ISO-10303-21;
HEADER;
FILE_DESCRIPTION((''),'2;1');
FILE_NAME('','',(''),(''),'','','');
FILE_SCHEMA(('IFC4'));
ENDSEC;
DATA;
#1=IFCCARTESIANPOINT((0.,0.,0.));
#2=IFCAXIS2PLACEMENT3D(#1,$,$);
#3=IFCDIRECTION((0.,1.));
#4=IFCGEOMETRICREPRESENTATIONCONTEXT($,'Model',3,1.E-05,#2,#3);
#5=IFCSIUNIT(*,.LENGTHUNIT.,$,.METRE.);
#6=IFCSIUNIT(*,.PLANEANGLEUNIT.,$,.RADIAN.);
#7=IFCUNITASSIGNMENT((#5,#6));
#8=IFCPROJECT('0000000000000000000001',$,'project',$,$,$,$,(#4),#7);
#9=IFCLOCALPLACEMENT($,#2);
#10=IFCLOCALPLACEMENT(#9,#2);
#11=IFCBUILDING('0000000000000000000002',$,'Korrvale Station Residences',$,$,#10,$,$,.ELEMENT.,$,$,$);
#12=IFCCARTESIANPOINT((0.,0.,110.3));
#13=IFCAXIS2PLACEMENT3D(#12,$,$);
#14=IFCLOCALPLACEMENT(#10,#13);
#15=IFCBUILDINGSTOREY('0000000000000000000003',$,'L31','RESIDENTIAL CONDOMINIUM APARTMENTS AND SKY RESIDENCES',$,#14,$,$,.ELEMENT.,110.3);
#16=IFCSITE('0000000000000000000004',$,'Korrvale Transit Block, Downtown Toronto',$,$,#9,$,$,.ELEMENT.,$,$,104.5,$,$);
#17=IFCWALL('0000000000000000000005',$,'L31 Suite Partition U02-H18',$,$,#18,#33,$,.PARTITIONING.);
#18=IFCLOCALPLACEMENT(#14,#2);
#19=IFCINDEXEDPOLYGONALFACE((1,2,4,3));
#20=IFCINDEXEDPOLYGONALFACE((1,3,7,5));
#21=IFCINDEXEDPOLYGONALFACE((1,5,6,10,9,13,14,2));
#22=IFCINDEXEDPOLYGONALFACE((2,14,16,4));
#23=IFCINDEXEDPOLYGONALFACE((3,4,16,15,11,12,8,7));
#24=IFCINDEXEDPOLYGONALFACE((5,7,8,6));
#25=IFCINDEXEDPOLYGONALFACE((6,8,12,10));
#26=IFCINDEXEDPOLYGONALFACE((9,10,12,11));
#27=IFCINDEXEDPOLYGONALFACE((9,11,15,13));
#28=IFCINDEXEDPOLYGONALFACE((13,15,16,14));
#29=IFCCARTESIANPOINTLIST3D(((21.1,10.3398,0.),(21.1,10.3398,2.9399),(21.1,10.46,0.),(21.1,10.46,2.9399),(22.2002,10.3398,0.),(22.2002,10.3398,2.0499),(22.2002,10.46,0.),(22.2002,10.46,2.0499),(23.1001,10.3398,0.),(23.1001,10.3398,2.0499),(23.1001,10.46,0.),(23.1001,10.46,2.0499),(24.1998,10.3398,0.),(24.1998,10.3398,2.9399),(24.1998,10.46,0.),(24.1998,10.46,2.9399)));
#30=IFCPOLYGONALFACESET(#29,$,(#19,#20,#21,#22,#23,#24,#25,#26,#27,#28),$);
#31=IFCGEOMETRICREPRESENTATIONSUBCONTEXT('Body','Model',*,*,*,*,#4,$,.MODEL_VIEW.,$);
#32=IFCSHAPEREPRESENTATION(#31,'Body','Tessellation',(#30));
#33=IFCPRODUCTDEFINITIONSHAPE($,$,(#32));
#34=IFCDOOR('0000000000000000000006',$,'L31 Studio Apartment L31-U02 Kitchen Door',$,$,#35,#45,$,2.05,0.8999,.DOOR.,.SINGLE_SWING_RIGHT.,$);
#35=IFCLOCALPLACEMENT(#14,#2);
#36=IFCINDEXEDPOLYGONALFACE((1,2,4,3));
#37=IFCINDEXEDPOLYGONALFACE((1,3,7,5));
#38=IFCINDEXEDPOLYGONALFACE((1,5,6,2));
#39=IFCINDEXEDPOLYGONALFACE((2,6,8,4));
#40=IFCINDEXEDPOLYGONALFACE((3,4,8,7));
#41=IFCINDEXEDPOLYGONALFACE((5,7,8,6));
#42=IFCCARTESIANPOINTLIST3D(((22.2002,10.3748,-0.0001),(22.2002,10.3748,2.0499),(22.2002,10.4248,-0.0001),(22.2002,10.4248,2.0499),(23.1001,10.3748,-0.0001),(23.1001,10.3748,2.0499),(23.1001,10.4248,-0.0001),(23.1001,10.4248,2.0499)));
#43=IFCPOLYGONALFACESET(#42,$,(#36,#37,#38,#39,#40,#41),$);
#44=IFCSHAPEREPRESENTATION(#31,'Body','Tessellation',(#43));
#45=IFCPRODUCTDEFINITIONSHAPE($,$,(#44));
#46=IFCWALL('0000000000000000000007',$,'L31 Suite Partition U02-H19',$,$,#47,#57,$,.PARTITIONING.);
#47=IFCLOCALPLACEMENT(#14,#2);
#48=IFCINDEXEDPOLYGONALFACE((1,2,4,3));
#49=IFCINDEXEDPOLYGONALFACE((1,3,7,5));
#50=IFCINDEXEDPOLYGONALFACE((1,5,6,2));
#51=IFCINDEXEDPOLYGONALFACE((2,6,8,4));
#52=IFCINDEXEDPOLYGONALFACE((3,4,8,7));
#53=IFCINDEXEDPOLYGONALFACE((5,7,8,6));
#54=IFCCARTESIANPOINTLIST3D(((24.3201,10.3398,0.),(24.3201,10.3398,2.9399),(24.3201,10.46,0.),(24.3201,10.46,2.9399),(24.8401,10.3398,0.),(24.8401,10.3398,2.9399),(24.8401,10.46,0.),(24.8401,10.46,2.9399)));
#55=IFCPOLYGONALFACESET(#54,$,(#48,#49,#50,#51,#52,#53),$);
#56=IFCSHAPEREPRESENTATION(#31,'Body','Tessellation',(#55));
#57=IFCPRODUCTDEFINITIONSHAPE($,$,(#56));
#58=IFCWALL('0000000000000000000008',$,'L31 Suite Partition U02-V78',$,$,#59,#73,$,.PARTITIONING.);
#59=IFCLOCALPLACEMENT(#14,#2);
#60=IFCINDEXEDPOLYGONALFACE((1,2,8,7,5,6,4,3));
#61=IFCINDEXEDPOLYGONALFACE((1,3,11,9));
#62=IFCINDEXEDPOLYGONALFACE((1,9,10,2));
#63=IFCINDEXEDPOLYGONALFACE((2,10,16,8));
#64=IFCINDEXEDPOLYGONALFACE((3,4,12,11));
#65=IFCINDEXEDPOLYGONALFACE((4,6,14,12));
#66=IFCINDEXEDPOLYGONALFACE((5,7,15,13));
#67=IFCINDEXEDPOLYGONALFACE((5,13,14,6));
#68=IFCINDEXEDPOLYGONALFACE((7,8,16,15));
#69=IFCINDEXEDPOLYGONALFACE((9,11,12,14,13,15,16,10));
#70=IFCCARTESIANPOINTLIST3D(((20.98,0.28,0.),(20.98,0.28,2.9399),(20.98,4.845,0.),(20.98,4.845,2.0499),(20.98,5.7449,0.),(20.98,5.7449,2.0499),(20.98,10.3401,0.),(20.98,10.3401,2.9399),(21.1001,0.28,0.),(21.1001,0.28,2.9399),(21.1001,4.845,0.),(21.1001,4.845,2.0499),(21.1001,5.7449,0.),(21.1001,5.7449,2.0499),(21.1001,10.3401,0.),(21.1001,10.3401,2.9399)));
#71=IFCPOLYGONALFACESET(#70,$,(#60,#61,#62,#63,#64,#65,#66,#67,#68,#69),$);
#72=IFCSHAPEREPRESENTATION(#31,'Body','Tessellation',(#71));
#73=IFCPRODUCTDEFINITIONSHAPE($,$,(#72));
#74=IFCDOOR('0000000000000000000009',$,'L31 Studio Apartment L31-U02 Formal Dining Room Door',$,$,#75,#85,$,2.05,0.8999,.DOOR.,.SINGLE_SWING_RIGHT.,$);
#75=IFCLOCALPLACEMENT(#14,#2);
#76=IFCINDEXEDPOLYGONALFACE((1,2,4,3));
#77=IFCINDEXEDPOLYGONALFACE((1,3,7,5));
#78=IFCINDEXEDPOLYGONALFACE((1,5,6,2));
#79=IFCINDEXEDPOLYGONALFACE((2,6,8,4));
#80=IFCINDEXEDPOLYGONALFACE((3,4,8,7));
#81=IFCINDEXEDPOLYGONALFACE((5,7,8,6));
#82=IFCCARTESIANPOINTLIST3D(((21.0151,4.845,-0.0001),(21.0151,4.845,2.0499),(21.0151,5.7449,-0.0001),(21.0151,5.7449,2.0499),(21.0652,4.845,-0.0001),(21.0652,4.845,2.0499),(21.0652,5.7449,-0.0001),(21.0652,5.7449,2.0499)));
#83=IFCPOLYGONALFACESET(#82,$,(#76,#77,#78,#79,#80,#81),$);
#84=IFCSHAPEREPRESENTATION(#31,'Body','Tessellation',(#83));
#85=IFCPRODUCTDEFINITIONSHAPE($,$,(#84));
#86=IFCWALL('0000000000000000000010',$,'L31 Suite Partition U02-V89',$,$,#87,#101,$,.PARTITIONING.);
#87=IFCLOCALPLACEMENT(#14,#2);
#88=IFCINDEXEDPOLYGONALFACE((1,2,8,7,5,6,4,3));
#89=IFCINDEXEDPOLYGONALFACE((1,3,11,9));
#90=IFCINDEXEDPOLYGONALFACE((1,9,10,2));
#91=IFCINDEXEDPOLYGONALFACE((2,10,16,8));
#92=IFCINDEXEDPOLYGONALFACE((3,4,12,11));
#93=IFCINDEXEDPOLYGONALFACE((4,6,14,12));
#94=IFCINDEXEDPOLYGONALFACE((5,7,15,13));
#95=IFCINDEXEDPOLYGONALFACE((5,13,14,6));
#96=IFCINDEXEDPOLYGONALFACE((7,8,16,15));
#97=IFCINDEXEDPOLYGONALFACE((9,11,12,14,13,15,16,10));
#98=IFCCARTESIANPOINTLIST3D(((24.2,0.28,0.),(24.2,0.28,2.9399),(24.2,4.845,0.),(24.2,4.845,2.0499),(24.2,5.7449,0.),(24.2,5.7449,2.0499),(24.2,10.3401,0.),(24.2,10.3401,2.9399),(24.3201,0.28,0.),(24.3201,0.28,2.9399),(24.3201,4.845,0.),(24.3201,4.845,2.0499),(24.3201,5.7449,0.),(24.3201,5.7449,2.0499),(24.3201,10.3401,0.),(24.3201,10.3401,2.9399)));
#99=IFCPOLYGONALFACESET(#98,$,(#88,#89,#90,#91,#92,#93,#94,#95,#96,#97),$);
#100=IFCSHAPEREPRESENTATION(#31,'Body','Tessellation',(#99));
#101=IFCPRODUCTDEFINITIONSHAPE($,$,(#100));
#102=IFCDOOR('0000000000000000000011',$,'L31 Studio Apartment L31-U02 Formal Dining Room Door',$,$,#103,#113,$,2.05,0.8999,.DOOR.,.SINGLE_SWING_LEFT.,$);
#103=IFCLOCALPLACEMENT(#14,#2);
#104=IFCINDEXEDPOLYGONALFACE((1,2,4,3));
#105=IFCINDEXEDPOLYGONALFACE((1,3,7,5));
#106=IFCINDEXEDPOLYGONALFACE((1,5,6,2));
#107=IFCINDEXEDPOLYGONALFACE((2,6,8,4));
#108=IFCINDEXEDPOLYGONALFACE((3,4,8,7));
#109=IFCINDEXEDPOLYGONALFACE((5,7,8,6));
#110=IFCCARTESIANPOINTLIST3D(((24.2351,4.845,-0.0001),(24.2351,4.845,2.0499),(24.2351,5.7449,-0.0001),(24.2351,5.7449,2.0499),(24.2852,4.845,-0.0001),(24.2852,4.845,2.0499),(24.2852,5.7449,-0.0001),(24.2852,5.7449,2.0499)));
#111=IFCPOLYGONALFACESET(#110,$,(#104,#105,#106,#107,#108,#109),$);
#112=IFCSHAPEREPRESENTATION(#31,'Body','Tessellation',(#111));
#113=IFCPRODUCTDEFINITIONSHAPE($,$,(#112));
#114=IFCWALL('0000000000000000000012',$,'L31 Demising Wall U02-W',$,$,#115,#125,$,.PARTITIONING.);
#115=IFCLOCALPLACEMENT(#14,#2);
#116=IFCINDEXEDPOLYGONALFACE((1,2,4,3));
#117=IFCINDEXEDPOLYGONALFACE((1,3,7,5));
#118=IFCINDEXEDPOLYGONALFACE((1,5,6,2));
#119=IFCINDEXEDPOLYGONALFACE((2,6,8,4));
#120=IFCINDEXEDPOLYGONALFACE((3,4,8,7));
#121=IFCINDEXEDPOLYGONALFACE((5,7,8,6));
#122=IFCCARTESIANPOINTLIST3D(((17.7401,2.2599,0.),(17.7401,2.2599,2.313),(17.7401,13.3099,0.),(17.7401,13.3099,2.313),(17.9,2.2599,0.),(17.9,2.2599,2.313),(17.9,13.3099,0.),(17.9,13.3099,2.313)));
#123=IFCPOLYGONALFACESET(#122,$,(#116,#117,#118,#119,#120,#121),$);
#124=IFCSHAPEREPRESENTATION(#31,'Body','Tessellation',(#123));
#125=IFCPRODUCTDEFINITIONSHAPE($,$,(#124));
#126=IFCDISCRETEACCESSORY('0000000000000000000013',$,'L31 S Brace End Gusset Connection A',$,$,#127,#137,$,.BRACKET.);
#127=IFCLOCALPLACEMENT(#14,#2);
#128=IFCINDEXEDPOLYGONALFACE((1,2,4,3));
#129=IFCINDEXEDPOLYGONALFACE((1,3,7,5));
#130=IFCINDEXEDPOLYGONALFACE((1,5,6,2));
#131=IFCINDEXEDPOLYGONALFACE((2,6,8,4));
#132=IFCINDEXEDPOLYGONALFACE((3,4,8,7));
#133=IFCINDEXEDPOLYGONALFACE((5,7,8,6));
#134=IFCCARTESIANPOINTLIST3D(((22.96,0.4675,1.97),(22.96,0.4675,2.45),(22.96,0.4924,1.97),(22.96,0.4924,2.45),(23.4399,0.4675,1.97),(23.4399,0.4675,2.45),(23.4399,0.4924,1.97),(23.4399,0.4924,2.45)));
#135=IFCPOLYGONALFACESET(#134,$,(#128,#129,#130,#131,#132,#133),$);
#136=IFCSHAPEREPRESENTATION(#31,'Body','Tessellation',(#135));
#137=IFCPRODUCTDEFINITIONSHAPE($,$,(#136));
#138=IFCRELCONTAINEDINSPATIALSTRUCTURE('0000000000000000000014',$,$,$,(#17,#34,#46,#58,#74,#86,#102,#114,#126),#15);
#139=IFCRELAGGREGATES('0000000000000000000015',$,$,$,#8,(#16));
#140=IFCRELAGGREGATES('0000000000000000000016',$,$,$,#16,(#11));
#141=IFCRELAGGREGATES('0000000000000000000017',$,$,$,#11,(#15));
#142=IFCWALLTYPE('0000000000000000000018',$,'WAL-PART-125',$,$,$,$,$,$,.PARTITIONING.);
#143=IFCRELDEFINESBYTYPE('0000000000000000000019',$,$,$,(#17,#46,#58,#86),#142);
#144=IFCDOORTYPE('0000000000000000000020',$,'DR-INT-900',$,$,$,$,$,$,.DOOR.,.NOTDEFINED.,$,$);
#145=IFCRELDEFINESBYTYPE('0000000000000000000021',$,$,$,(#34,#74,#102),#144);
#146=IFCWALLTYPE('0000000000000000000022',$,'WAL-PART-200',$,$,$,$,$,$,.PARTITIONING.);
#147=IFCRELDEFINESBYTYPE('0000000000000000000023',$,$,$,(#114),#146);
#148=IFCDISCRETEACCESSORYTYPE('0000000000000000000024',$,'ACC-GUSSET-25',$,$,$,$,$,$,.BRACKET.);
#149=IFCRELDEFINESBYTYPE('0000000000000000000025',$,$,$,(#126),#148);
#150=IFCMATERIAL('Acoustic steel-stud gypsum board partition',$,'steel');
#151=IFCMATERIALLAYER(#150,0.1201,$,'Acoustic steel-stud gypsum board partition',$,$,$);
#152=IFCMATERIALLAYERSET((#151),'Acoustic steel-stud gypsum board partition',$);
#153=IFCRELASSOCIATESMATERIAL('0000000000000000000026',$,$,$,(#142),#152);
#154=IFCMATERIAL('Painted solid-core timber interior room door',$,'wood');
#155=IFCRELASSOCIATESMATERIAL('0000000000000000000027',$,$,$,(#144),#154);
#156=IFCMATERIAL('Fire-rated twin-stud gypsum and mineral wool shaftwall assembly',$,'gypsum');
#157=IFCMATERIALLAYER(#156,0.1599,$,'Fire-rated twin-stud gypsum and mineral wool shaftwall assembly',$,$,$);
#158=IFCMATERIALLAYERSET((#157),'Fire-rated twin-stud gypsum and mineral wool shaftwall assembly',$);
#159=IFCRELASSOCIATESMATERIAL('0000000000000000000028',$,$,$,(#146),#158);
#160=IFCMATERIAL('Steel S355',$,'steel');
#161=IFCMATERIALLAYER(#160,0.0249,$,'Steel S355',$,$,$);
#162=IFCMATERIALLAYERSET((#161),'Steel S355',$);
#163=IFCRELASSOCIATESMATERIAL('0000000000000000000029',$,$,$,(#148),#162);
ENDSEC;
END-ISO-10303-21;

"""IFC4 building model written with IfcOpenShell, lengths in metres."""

from ifc_helpers import new_model, si_unit, direction, frame, frame_2d, origin, origin_2d, place, context, subcontext, project, spatial, rectangle, extrude, material, layer, layer_set, type_object, element, fill, save


model = new_model("IFC4")

# Units and contexts
model_context = context("Model", 3, precision=1e-05, world=origin(), true_north=direction((0.0, 1.0)))
body_context = subcontext(model_context, "Body", "Model", "MODEL_VIEW")
ifc_project = project(units=[si_unit("LENGTHUNIT", "METRE"), si_unit("PLANEANGLEUNIT", "RADIAN")], contexts=[model_context])

# Site, building, storey
site_placement = place(None, origin())
site = spatial("IfcSite", under=ifc_project, at=site_placement, Name="Korrvale Transit Block, Downtown Toronto", CompositionType="ELEMENT", RefElevation=104.5)
building_placement = place(site_placement, origin())
building = spatial("IfcBuilding", under=site, at=building_placement, Name="Korrvale Station Residences", CompositionType="ELEMENT")
storey_placement = place(building_placement, frame((0.0, 0.0, 110.3)))
storey = spatial("IfcBuildingStorey", under=building, at=storey_placement, Name="L31", Description="RESIDENTIAL CONDOMINIUM APARTMENTS AND SKY RESIDENCES", CompositionType="ELEMENT", Elevation=110.3)

# Shared definitions
ifc_material_1 = material(Name="Steel S355", Category="steel")

# Shared definitions
ifc_material_2 = material(Name="Acoustic steel-stud gypsum board partition", Category="steel")
ifc_layer_1 = layer(ifc_material_2, 0.1201, Name="Acoustic steel-stud gypsum board partition")
ifc_layer_set_1 = layer_set([ifc_layer_1], Name="Acoustic steel-stud gypsum board partition")
wall_type_1 = type_object("IfcWallType", Name="WAL-PART-125", PredefinedType="PARTITIONING", material=ifc_layer_set_1)

# Shared definitions
ifc_material_3 = material(Name="Painted solid-core timber interior room door", Category="wood")
door_type_1 = type_object("IfcDoorType", Name="DR-INT-900", OperationType="NOTDEFINED", PredefinedType="DOOR", material=ifc_material_3)

# Wall, opening, door
wall_1_placement = place(storey_placement, frame((21.1001, 10.3999, 0.0), z_axis=(0.0, 0.0, 1.0), x_axis=(1.0, 0.0, 0.0)))
wall_1 = element("IfcWall", 1, at=wall_1_placement, inside=storey, type_object=wall_type_1, Name="L31 Suite Partition U02-H18", PredefinedType="PARTITIONING", context=body_context, shape_type="SweptSolid", body=[
    extrude(rectangle(XDim=3.0999, YDim=0.1201, at=frame_2d((1.5498, 0.0))), origin(), (0.0, 0.0, 1.0), 2.9399),
])
opening_1_placement = place(wall_1_placement, frame((1.1001, 0.0, 0.0)))
opening_1 = element("IfcOpeningElement", 2, at=opening_1_placement, cuts=wall_1, PredefinedType="OPENING", context=body_context, shape_type="SweptSolid", body=[
    extrude(rectangle(XDim=0.8999, YDim=2.05, at=frame_2d((0.45, 1.0249))), frame((0.0, 0.0701, 0.0), z_axis=(0.0, -1.0, 0.0), x_axis=(1.0, 0.0, 0.0)), (0.0, 0.0, 1.0), 0.1401),
])
door_1_placement = place(opening_1_placement, origin())
door_1 = element("IfcDoor", 3, at=door_1_placement, inside=storey, type_object=door_type_1, Name="L31 Studio Apartment L31-U02 Kitchen Door", OperationType="SINGLE_SWING_RIGHT", OverallHeight=2.05, OverallWidth=0.8999, PredefinedType="DOOR", context=body_context, shape_type="SweptSolid", body=[
    extrude(rectangle(XDim=0.8999, YDim=2.05, at=frame_2d((0.45, 1.0249))), frame((0.0, 0.0249, 0.0), z_axis=(0.0, -1.0, 0.0), x_axis=(1.0, 0.0, 0.0)), (0.0, 0.0, 1.0), 0.05),
])
fill(opening_1, door_1)

# Wall
wall_2_placement = place(storey_placement, frame((24.3201, 10.3999, 0.0), z_axis=(0.0, 0.0, 1.0), x_axis=(1.0, 0.0, 0.0)))
element("IfcWall", 4, at=wall_2_placement, inside=storey, type_object=wall_type_1, Name="L31 Suite Partition U02-H19", PredefinedType="PARTITIONING", context=body_context, shape_type="SweptSolid", body=[
    extrude(rectangle(XDim=0.52, YDim=0.1201, at=frame_2d((0.26, 0.0))), origin(), (0.0, 0.0, 1.0), 2.9399),
])

# Walls, openings, doors
wall_3_placement = place(storey_placement, frame((21.04, 0.28, 0.0), z_axis=(0.0, 0.0, 1.0), x_axis=(0.0, 1.0, 0.0)))
wall_3 = element("IfcWall", 5, at=wall_3_placement, inside=storey, type_object=wall_type_1, Name="L31 Suite Partition U02-V78", PredefinedType="PARTITIONING", context=body_context, shape_type="SweptSolid", body=[
    extrude(rectangle(XDim=10.0601, YDim=0.1201, at=frame_2d((5.03, 0.0))), origin(), (0.0, 0.0, 1.0), 2.9399),
])
opening_2_placement = place(wall_3_placement, frame((4.5649, 0.0, 0.0)))
opening_2 = element("IfcOpeningElement", 6, at=opening_2_placement, cuts=wall_3, PredefinedType="OPENING", context=body_context, shape_type="SweptSolid", body=[
    extrude(rectangle(XDim=0.8999, YDim=2.05, at=frame_2d((0.45, 1.0249))), frame((0.0, 0.0701, 0.0), z_axis=(0.0, -1.0, 0.0), x_axis=(1.0, 0.0, 0.0)), (0.0, 0.0, 1.0), 0.1401),
])
door_2_placement = place(opening_2_placement, origin())
door_2 = element("IfcDoor", 7, at=door_2_placement, inside=storey, type_object=door_type_1, Name="L31 Studio Apartment L31-U02 Formal Dining Room Door", OperationType="SINGLE_SWING_RIGHT", OverallHeight=2.05, OverallWidth=0.8999, PredefinedType="DOOR", context=body_context, shape_type="SweptSolid", body=[
    extrude(rectangle(XDim=0.8999, YDim=2.05, at=frame_2d((0.45, 1.0249))), frame((0.0, 0.0249, 0.0), z_axis=(0.0, -1.0, 0.0), x_axis=(1.0, 0.0, 0.0)), (0.0, 0.0, 1.0), 0.05),
])
fill(opening_2, door_2)
wall_4_placement = place(storey_placement, frame((24.26, 0.28, 0.0), z_axis=(0.0, 0.0, 1.0), x_axis=(0.0, 1.0, 0.0)))
wall_4 = element("IfcWall", 8, at=wall_4_placement, inside=storey, type_object=wall_type_1, Name="L31 Suite Partition U02-V89", PredefinedType="PARTITIONING", context=body_context, shape_type="SweptSolid", body=[
    extrude(rectangle(XDim=10.0601, YDim=0.1201, at=frame_2d((5.03, 0.0))), origin(), (0.0, 0.0, 1.0), 2.9399),
])
opening_3_placement = place(wall_4_placement, frame((4.5649, 0.0, 0.0)))
opening_3 = element("IfcOpeningElement", 9, at=opening_3_placement, cuts=wall_4, PredefinedType="OPENING", context=body_context, shape_type="SweptSolid", body=[
    extrude(rectangle(XDim=0.8999, YDim=2.05, at=frame_2d((0.45, 1.0249))), frame((0.0, 0.0701, 0.0), z_axis=(0.0, -1.0, 0.0), x_axis=(1.0, 0.0, 0.0)), (0.0, 0.0, 1.0), 0.1401),
])
door_3_placement = place(opening_3_placement, origin())
door_3 = element("IfcDoor", 10, at=door_3_placement, inside=storey, type_object=door_type_1, Name="L31 Studio Apartment L31-U02 Formal Dining Room Door", OperationType="SINGLE_SWING_LEFT", OverallHeight=2.05, OverallWidth=0.8999, PredefinedType="DOOR", context=body_context, shape_type="SweptSolid", body=[
    extrude(rectangle(XDim=0.8999, YDim=2.05, at=frame_2d((0.45, 1.0249))), frame((0.0, 0.0249, 0.0), z_axis=(0.0, -1.0, 0.0), x_axis=(1.0, 0.0, 0.0)), (0.0, 0.0, 1.0), 0.05),
])
fill(opening_3, door_3)

# Wall
ifc_material_4 = material(Name="Fire-rated twin-stud gypsum and mineral wool shaftwall assembly", Category="gypsum")
ifc_layer_2 = layer(ifc_material_4, 0.1599, Name="Fire-rated twin-stud gypsum and mineral wool shaftwall assembly")
ifc_layer_set_2 = layer_set([ifc_layer_2], Name="Fire-rated twin-stud gypsum and mineral wool shaftwall assembly")
wall_type_2 = type_object("IfcWallType", Name="WAL-PART-200", PredefinedType="PARTITIONING", material=ifc_layer_set_2)
wall_5_placement = place(storey_placement, frame((17.8201, 2.26, 0.0), z_axis=(0.0, 0.0, 1.0), x_axis=(0.0, 1.0, 0.0)))
element("IfcWall", 11, at=wall_5_placement, inside=storey, type_object=wall_type_2, Name="L31 Demising Wall U02-W", PredefinedType="PARTITIONING", context=body_context, shape_type="SweptSolid", body=[
    extrude(rectangle(XDim=11.05, YDim=0.1599, at=frame_2d((5.5249, 0.0))), origin(), (0.0, 0.0, 1.0), 2.313),
])

# Discrete accessory
ifc_layer_3 = layer(ifc_material_1, 0.0249, Name="Steel S355")
ifc_layer_set_3 = layer_set([ifc_layer_3], Name="Steel S355")
discrete_accessory_type = type_object("IfcDiscreteAccessoryType", Name="ACC-GUSSET-25", PredefinedType="BRACKET", material=ifc_layer_set_3)
discrete_accessory_placement = place(storey_placement, frame((23.2, 0.48, 1.97), z_axis=(0.0, 0.0, 1.0), x_axis=(1.0, 0.0, 0.0)))
element("IfcDiscreteAccessory", 12, at=discrete_accessory_placement, inside=storey, type_object=discrete_accessory_type, Name="L31 S Brace End Gusset Connection A", PredefinedType="BRACKET", context=body_context, shape_type="SweptSolid", body=[
    extrude(rectangle(XDim=0.48, YDim=0.0249, at=origin_2d()), origin(), (0.0, 0.0, 1.0), 0.48),
])

save(model, "model.ifc")
